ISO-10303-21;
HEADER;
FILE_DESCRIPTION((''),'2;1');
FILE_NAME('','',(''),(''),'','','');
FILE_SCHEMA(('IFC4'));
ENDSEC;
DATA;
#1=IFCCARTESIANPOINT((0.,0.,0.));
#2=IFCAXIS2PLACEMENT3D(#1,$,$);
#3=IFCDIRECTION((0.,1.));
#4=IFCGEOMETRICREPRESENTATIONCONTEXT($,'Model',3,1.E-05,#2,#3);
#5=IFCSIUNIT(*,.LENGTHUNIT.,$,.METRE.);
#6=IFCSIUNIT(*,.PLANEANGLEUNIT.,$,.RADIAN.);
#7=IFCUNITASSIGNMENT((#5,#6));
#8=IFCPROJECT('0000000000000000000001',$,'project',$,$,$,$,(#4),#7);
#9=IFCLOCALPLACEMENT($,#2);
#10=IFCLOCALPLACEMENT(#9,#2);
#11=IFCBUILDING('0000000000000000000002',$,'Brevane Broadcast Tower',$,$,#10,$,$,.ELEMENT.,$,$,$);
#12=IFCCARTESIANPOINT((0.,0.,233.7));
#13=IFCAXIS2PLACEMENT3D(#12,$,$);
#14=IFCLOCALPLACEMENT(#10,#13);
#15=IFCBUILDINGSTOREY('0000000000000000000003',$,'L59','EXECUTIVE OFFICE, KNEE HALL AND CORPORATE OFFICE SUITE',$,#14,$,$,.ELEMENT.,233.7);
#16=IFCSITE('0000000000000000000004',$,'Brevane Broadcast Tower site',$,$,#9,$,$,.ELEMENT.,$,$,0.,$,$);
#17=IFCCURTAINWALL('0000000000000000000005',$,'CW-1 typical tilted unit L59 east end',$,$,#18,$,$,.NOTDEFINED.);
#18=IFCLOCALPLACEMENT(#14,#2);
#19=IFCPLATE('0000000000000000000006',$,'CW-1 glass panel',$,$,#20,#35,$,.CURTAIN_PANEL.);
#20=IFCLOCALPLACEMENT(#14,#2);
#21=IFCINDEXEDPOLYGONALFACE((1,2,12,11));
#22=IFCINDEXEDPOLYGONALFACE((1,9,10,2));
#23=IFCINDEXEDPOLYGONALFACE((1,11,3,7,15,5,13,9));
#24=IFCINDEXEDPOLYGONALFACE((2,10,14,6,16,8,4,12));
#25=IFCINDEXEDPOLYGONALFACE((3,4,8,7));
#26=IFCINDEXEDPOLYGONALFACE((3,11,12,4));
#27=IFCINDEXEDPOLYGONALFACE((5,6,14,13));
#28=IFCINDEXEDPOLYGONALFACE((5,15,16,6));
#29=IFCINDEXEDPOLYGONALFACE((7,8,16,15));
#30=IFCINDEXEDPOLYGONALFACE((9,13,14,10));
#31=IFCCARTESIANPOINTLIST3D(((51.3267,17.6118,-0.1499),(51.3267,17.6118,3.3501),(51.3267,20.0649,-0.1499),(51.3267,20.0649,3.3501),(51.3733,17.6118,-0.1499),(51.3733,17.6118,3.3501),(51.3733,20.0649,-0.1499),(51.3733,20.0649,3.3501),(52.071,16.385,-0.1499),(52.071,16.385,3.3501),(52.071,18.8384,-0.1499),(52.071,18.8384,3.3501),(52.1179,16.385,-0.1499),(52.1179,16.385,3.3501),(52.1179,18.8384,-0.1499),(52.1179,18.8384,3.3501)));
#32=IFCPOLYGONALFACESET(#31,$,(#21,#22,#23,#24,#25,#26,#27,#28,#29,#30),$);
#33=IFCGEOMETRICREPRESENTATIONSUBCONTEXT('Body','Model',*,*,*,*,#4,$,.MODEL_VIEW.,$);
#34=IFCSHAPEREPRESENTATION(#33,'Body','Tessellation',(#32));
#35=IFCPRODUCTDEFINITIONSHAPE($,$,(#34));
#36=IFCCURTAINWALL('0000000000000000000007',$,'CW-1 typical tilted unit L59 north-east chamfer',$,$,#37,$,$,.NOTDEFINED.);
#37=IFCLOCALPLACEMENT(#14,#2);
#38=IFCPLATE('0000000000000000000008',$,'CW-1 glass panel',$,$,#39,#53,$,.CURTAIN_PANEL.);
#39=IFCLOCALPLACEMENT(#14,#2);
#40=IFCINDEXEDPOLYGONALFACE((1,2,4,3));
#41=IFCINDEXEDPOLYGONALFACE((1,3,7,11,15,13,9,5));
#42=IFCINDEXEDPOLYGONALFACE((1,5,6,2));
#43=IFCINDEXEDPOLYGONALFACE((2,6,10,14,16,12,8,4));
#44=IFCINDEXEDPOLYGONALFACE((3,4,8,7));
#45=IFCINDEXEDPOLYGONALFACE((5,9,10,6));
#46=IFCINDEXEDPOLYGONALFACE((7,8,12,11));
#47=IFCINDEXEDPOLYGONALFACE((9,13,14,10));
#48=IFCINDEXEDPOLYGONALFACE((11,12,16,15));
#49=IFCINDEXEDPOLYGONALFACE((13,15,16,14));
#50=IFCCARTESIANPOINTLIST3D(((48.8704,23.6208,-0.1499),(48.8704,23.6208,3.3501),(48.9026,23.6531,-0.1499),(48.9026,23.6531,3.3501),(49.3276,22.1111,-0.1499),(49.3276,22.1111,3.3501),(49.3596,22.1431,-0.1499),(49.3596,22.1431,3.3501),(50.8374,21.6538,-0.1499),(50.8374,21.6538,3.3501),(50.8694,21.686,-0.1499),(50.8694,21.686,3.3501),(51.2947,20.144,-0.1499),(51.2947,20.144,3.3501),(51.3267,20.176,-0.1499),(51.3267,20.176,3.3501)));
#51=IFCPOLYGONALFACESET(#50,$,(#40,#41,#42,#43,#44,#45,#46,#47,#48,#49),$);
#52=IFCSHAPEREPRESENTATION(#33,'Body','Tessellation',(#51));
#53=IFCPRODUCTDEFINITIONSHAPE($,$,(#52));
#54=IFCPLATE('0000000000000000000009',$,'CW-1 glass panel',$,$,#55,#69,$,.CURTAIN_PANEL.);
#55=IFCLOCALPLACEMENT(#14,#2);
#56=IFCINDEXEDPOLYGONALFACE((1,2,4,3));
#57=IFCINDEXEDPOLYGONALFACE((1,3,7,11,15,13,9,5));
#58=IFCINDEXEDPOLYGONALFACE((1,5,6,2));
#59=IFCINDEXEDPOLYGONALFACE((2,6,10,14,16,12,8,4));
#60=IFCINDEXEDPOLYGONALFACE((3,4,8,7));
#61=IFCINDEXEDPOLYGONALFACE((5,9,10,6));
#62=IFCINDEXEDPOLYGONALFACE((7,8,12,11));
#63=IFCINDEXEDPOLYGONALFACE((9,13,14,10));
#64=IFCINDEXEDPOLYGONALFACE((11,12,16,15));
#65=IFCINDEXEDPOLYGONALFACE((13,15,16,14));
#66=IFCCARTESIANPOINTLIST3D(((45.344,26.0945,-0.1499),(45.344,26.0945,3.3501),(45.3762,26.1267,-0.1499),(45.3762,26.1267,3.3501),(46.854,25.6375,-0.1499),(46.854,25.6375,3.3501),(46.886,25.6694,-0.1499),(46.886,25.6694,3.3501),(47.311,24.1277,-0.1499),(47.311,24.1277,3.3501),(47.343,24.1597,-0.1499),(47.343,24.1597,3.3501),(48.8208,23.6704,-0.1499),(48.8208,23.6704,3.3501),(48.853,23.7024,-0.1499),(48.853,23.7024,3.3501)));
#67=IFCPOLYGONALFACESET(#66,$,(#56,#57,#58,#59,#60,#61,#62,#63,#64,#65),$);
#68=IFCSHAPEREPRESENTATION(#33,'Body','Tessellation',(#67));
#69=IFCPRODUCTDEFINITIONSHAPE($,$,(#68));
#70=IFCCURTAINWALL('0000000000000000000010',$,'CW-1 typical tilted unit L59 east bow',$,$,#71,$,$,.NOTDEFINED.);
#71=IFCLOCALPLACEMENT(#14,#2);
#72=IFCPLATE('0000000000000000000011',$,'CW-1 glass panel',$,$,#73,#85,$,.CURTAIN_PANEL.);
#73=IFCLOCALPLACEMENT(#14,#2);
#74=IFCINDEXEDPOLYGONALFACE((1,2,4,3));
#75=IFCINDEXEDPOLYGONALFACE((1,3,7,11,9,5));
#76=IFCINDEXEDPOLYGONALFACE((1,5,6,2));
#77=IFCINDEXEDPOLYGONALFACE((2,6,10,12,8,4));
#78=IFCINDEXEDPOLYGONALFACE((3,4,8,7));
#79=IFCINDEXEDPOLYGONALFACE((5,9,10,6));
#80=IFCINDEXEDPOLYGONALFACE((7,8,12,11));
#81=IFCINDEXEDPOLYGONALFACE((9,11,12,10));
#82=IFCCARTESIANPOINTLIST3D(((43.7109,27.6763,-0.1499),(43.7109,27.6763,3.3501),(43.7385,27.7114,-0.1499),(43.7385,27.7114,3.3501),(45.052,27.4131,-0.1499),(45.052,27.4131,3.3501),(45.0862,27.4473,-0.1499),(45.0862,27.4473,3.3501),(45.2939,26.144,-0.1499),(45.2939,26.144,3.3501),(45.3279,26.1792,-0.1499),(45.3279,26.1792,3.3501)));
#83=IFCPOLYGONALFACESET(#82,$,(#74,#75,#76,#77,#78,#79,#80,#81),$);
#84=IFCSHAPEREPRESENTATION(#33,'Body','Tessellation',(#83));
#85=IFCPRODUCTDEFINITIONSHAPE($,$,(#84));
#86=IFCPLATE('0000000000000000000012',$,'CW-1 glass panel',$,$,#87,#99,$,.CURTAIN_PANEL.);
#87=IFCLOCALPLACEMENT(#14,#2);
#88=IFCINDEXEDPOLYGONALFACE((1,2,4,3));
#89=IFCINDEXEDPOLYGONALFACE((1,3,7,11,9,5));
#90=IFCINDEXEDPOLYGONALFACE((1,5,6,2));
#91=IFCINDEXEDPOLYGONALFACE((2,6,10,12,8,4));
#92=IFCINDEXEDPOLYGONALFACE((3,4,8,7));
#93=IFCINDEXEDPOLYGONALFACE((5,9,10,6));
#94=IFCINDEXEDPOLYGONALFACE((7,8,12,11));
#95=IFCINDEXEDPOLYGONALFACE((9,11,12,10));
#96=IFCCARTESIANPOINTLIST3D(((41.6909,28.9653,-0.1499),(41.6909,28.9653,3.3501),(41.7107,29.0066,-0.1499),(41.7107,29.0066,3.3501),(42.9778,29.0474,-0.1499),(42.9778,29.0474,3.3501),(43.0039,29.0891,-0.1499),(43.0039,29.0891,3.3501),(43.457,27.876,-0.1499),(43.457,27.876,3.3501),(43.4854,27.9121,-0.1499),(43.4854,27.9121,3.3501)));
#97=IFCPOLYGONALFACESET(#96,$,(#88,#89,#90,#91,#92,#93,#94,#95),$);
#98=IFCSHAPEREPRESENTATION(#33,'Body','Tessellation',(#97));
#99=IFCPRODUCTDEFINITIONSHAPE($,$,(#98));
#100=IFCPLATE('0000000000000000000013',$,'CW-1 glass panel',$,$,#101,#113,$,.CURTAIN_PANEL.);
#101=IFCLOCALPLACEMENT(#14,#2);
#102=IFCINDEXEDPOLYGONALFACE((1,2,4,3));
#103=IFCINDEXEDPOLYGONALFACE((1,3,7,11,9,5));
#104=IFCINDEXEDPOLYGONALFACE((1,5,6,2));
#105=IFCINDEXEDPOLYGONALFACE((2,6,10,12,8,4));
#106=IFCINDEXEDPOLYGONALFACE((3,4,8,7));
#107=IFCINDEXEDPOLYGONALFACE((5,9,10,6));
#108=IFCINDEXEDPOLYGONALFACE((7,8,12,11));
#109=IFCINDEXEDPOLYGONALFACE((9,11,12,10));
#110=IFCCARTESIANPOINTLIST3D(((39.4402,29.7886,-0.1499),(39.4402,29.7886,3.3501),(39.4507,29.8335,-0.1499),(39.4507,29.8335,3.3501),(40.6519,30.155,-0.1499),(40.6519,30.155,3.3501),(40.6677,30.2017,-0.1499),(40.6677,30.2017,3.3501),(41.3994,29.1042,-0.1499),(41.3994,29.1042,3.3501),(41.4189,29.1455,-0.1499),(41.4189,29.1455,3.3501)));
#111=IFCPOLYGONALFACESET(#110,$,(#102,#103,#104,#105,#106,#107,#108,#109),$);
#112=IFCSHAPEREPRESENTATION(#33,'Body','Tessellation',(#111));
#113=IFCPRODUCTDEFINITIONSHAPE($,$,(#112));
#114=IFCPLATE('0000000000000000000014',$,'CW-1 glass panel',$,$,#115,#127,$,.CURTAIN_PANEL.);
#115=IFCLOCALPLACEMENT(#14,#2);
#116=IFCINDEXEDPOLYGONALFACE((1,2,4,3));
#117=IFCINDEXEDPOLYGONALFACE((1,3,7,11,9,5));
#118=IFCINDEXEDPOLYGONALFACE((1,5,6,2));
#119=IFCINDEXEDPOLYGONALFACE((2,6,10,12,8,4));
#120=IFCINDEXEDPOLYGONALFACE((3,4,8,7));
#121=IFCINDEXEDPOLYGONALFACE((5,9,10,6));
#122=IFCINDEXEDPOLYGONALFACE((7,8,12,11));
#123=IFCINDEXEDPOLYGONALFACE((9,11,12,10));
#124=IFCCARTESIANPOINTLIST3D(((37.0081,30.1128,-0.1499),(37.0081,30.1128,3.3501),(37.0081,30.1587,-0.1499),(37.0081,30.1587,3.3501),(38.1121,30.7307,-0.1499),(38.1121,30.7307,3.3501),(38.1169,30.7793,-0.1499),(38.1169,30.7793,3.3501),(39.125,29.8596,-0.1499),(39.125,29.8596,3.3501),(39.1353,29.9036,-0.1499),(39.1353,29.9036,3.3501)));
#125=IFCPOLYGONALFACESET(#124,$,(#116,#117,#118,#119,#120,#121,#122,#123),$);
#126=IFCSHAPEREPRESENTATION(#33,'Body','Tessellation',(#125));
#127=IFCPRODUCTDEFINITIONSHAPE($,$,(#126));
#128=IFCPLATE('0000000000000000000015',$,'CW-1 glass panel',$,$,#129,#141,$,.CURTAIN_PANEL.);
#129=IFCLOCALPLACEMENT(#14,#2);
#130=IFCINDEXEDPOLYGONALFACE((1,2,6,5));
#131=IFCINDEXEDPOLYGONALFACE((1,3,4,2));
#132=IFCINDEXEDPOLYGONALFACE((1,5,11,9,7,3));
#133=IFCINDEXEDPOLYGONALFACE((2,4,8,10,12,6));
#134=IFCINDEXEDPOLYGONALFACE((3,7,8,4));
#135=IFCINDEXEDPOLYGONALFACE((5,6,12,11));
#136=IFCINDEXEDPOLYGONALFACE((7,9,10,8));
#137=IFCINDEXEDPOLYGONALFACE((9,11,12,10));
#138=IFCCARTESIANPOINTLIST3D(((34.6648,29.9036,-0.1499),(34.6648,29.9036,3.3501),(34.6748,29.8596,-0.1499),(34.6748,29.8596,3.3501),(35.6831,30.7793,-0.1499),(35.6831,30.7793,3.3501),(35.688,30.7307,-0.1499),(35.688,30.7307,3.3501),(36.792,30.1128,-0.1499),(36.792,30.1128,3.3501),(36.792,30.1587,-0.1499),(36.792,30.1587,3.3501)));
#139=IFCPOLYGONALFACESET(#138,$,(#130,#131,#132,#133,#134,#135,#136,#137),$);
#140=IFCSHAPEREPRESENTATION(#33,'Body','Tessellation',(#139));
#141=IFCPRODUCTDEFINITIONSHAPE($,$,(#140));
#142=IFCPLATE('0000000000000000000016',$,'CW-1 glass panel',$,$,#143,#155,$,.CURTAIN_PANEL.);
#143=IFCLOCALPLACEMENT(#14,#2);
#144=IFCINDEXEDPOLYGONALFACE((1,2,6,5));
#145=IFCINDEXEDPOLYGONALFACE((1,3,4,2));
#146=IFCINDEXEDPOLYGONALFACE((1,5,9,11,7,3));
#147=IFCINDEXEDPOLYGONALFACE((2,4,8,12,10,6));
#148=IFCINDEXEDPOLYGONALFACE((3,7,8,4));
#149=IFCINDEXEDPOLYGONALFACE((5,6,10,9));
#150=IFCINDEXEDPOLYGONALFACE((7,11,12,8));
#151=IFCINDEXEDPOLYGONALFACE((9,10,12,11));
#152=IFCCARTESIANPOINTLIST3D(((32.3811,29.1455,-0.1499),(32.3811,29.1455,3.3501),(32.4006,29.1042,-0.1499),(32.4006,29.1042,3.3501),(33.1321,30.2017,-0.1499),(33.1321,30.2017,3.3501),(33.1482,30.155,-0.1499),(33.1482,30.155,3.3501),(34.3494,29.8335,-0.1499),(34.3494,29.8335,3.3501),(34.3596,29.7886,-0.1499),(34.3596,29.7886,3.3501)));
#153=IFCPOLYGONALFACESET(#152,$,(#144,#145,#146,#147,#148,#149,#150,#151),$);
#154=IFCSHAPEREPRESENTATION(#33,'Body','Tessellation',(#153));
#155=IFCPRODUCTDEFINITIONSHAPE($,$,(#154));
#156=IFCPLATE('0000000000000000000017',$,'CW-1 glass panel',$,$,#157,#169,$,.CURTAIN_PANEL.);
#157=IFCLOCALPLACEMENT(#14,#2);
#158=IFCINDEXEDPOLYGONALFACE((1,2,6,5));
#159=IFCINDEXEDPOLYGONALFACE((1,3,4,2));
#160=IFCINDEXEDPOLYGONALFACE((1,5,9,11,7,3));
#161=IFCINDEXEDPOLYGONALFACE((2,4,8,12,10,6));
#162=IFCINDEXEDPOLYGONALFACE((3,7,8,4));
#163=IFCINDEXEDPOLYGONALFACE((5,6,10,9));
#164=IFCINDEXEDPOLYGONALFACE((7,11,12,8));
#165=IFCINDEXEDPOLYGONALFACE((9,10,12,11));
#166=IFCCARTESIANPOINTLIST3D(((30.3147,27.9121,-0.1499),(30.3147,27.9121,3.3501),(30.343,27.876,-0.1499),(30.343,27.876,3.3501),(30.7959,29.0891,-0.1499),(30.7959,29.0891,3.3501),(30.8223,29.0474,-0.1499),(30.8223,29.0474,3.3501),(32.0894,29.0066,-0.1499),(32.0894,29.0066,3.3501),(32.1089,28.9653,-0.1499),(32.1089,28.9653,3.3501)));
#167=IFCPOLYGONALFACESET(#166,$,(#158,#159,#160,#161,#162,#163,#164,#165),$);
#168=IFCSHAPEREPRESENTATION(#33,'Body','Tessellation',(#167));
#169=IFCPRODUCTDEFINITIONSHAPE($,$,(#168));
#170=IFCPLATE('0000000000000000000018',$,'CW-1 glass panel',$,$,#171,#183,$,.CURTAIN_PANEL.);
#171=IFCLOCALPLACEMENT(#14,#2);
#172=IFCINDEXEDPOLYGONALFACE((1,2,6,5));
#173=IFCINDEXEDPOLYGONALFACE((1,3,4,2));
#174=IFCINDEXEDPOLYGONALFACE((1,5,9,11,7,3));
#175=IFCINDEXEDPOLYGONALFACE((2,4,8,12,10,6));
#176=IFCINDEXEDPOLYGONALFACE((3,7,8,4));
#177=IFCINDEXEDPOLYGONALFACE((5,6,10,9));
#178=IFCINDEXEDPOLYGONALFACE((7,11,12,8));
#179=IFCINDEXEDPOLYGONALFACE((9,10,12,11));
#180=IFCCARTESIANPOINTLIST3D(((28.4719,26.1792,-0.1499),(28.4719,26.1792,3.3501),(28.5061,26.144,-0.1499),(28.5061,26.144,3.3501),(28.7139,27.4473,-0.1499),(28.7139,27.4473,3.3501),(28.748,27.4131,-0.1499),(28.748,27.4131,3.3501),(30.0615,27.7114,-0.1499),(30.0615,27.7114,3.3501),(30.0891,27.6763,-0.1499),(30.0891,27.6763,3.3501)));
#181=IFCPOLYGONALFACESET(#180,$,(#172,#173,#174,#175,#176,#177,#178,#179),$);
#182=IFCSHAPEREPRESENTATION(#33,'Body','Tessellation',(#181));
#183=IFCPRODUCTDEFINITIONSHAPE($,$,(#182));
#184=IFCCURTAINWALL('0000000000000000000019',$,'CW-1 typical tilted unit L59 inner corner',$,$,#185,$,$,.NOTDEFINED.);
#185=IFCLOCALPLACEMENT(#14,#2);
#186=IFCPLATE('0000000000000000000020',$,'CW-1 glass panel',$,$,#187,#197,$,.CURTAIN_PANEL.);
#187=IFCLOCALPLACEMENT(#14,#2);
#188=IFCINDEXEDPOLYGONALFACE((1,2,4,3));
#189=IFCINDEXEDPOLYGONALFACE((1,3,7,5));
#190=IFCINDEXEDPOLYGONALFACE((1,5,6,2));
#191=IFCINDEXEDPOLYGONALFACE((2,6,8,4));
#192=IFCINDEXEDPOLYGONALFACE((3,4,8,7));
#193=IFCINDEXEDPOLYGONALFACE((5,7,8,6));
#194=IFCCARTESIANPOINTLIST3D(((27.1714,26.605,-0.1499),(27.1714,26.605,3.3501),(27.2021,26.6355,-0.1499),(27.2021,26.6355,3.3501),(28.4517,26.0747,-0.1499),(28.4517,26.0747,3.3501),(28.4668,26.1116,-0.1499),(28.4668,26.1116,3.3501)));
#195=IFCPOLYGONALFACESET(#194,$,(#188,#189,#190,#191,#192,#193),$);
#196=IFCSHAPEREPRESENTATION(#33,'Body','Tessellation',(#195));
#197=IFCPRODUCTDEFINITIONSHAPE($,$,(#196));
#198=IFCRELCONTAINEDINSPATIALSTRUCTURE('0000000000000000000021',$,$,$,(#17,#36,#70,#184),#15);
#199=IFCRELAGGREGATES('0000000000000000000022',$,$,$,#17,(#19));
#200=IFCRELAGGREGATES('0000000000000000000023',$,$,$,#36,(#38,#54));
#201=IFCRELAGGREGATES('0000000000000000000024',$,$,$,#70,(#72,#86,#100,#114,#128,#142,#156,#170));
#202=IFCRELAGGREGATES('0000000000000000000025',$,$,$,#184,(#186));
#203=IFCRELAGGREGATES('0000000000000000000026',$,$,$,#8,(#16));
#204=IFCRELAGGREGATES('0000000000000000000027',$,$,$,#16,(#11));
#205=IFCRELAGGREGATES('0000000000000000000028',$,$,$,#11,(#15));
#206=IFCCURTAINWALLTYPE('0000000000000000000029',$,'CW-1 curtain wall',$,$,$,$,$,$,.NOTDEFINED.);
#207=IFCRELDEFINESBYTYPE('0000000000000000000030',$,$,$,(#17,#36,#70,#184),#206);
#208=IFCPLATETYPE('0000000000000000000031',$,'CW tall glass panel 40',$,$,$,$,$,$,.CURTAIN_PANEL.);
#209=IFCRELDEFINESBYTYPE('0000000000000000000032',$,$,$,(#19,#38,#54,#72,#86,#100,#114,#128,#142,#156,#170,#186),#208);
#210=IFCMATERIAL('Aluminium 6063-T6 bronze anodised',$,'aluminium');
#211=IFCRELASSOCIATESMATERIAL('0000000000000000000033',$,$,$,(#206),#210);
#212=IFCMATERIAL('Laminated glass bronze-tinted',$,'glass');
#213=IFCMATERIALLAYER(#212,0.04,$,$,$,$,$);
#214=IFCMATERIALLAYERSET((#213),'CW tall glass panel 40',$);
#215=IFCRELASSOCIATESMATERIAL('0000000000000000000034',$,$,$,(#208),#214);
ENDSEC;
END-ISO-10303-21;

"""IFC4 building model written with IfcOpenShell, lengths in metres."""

from ifc_helpers import new_model, si_unit, direction, frame, origin, place, context, subcontext, project, spatial, polyline, outline, extrude, material, layer, layer_set, type_object, element, aggregate, save


model = new_model("IFC4")

# Units and contexts
model_context = context("Model", 3, precision=1e-05, world=origin(), true_north=direction((0.0, 1.0)))
body_context = subcontext(model_context, "Body", "Model", "MODEL_VIEW")
ifc_project = project(units=[si_unit("LENGTHUNIT", "METRE"), si_unit("PLANEANGLEUNIT", "RADIAN")], contexts=[model_context])

# Site, building, storey
site_placement = place(None, origin())
site = spatial("IfcSite", under=ifc_project, at=site_placement, Name="Brevane Broadcast Tower site", CompositionType="ELEMENT", RefElevation=0.0)
building_placement = place(site_placement, origin())
building = spatial("IfcBuilding", under=site, at=building_placement, Name="Brevane Broadcast Tower", CompositionType="ELEMENT")
storey_placement = place(building_placement, frame((0.0, 0.0, 233.7)))
storey = spatial("IfcBuildingStorey", under=building, at=storey_placement, Name="L59", Description="EXECUTIVE OFFICE, KNEE HALL AND CORPORATE OFFICE SUITE", CompositionType="ELEMENT", Elevation=233.7)

# Curtain wall, plate
ifc_material_1 = material(Name="Aluminium 6063-T6 bronze anodised", Category="aluminium")
curtain_wall_type = type_object("IfcCurtainWallType", Name="CW-1 curtain wall", PredefinedType="NOTDEFINED", material=ifc_material_1)
curtain_wall_1_placement = place(storey_placement, origin())
curtain_wall_1 = element("IfcCurtainWall", 1, at=curtain_wall_1_placement, inside=storey, type_object=curtain_wall_type, Name="CW-1 typical tilted unit L59 east end", PredefinedType="NOTDEFINED")
ifc_material_2 = material(Name="Laminated glass bronze-tinted", Category="glass")
ifc_layer = layer(ifc_material_2, 0.04)
ifc_layer_set = layer_set([ifc_layer], Name="CW tall glass panel 40")
plate_type = type_object("IfcPlateType", Name="CW tall glass panel 40", PredefinedType="CURTAIN_PANEL", material=ifc_layer_set)
plate_1_placement = place(storey_placement, frame((0.0, 0.0, -0.1499)))
plate_1 = element("IfcPlate", 2, at=plate_1_placement, type_object=plate_type, Name="CW-1 glass panel", PredefinedType="CURTAIN_PANEL", context=body_context, shape_type="SweptSolid", body=[
    extrude(outline(polyline([(52.071, 16.385), (52.1179, 16.385), (51.3733, 17.6118), (52.1179, 18.8384), (51.3733, 20.0649), (51.3267, 20.0649), (52.071, 18.8384), (51.3267, 17.6118), (52.071, 16.385)])), origin(), (0.0, 0.0, 1.0), 3.5),
])
aggregate(curtain_wall_1, [plate_1])

# Curtain walls, plates
curtain_wall_2_placement = place(storey_placement, origin())
curtain_wall_2 = element("IfcCurtainWall", 3, at=curtain_wall_2_placement, inside=storey, type_object=curtain_wall_type, Name="CW-1 typical tilted unit L59 north-east chamfer", PredefinedType="NOTDEFINED")
plate_2_placement = place(storey_placement, frame((0.0, 0.0, -0.1499)))
plate_2 = element("IfcPlate", 4, at=plate_2_placement, type_object=plate_type, Name="CW-1 glass panel", PredefinedType="CURTAIN_PANEL", context=body_context, shape_type="SweptSolid", body=[
    extrude(outline(polyline([(51.2947, 20.144), (51.3267, 20.176), (50.8694, 21.686), (49.3596, 22.1431), (48.9026, 23.6531), (48.8704, 23.6208), (49.3276, 22.1111), (50.8374, 21.6538), (51.2947, 20.144)])), origin(), (0.0, 0.0, 1.0), 3.5),
])
plate_3_placement = place(storey_placement, frame((0.0, 0.0, -0.1499)))
plate_3 = element("IfcPlate", 5, at=plate_3_placement, type_object=plate_type, Name="CW-1 glass panel", PredefinedType="CURTAIN_PANEL", context=body_context, shape_type="SweptSolid", body=[
    extrude(outline(polyline([(48.8208, 23.6704), (48.853, 23.7024), (47.343, 24.1597), (46.886, 25.6694), (45.3762, 26.1267), (45.344, 26.0945), (46.854, 25.6375), (47.311, 24.1277), (48.8208, 23.6704)])), origin(), (0.0, 0.0, 1.0), 3.5),
])
aggregate(curtain_wall_2, [plate_2, plate_3])
curtain_wall_3_placement = place(storey_placement, origin())
curtain_wall_3 = element("IfcCurtainWall", 6, at=curtain_wall_3_placement, inside=storey, type_object=curtain_wall_type, Name="CW-1 typical tilted unit L59 east bow", PredefinedType="NOTDEFINED")
plate_4_placement = place(storey_placement, frame((0.0, 0.0, -0.1499)))
plate_4 = element("IfcPlate", 7, at=plate_4_placement, type_object=plate_type, Name="CW-1 glass panel", PredefinedType="CURTAIN_PANEL", context=body_context, shape_type="SweptSolid", body=[
    extrude(outline(polyline([(45.2939, 26.144), (45.3279, 26.1792), (45.0862, 27.4473), (43.7385, 27.7114), (43.7109, 27.6763), (45.052, 27.4131), (45.2939, 26.144)])), origin(), (0.0, 0.0, 1.0), 3.5),
])
plate_5_placement = place(storey_placement, frame((0.0, 0.0, -0.1499)))
plate_5 = element("IfcPlate", 8, at=plate_5_placement, type_object=plate_type, Name="CW-1 glass panel", PredefinedType="CURTAIN_PANEL", context=body_context, shape_type="SweptSolid", body=[
    extrude(outline(polyline([(43.457, 27.876), (43.4854, 27.9121), (43.0039, 29.0891), (41.7107, 29.0066), (41.6909, 28.9653), (42.9778, 29.0474), (43.457, 27.876)])), origin(), (0.0, 0.0, 1.0), 3.5),
])
plate_6_placement = place(storey_placement, frame((0.0, 0.0, -0.1499)))
plate_6 = element("IfcPlate", 9, at=plate_6_placement, type_object=plate_type, Name="CW-1 glass panel", PredefinedType="CURTAIN_PANEL", context=body_context, shape_type="SweptSolid", body=[
    extrude(outline(polyline([(41.3994, 29.1042), (41.4189, 29.1455), (40.6677, 30.2017), (39.4507, 29.8335), (39.4402, 29.7886), (40.6519, 30.155), (41.3994, 29.1042)])), origin(), (0.0, 0.0, 1.0), 3.5),
])
plate_7_placement = place(storey_placement, frame((0.0, 0.0, -0.1499)))
plate_7 = element("IfcPlate", 10, at=plate_7_placement, type_object=plate_type, Name="CW-1 glass panel", PredefinedType="CURTAIN_PANEL", context=body_context, shape_type="SweptSolid", body=[
    extrude(outline(polyline([(39.125, 29.8596), (39.1353, 29.9036), (38.1169, 30.7793), (37.0081, 30.1587), (37.0081, 30.1128), (38.1121, 30.7307), (39.125, 29.8596)])), origin(), (0.0, 0.0, 1.0), 3.5),
])
plate_8_placement = place(storey_placement, frame((0.0, 0.0, -0.1499)))
plate_8 = element("IfcPlate", 11, at=plate_8_placement, type_object=plate_type, Name="CW-1 glass panel", PredefinedType="CURTAIN_PANEL", context=body_context, shape_type="SweptSolid", body=[
    extrude(outline(polyline([(36.792, 30.1128), (36.792, 30.1587), (35.6831, 30.7793), (34.6648, 29.9036), (34.6748, 29.8596), (35.688, 30.7307), (36.792, 30.1128)])), origin(), (0.0, 0.0, 1.0), 3.5),
])
plate_9_placement = place(storey_placement, frame((0.0, 0.0, -0.1499)))
plate_9 = element("IfcPlate", 12, at=plate_9_placement, type_object=plate_type, Name="CW-1 glass panel", PredefinedType="CURTAIN_PANEL", context=body_context, shape_type="SweptSolid", body=[
    extrude(outline(polyline([(34.3596, 29.7886), (34.3494, 29.8335), (33.1321, 30.2017), (32.3811, 29.1455), (32.4006, 29.1042), (33.1482, 30.155), (34.3596, 29.7886)])), origin(), (0.0, 0.0, 1.0), 3.5),
])
plate_10_placement = place(storey_placement, frame((0.0, 0.0, -0.1499)))
plate_10 = element("IfcPlate", 13, at=plate_10_placement, type_object=plate_type, Name="CW-1 glass panel", PredefinedType="CURTAIN_PANEL", context=body_context, shape_type="SweptSolid", body=[
    extrude(outline(polyline([(32.1089, 28.9653), (32.0894, 29.0066), (30.7959, 29.0891), (30.3147, 27.9121), (30.343, 27.876), (30.8223, 29.0474), (32.1089, 28.9653)])), origin(), (0.0, 0.0, 1.0), 3.5),
])
plate_11_placement = place(storey_placement, frame((0.0, 0.0, -0.1499)))
plate_11 = element("IfcPlate", 14, at=plate_11_placement, type_object=plate_type, Name="CW-1 glass panel", PredefinedType="CURTAIN_PANEL", context=body_context, shape_type="SweptSolid", body=[
    extrude(outline(polyline([(30.0891, 27.6763), (30.0615, 27.7114), (28.7139, 27.4473), (28.4719, 26.1792), (28.5061, 26.144), (28.748, 27.4131), (30.0891, 27.6763)])), origin(), (0.0, 0.0, 1.0), 3.5),
])
aggregate(curtain_wall_3, [plate_4, plate_5, plate_6, plate_7, plate_8, plate_9, plate_10, plate_11])
curtain_wall_4_placement = place(storey_placement, origin())
curtain_wall_4 = element("IfcCurtainWall", 15, at=curtain_wall_4_placement, inside=storey, type_object=curtain_wall_type, Name="CW-1 typical tilted unit L59 inner corner", PredefinedType="NOTDEFINED")
plate_12_placement = place(storey_placement, frame((0.0, 0.0, -0.1499)))
plate_12 = element("IfcPlate", 16, at=plate_12_placement, type_object=plate_type, Name="CW-1 glass panel", PredefinedType="CURTAIN_PANEL", context=body_context, shape_type="SweptSolid", body=[
    extrude(outline(polyline([(28.4517, 26.0747), (28.4668, 26.1116), (27.2021, 26.6355), (27.1714, 26.605), (28.4517, 26.0747)])), origin(), (0.0, 0.0, 1.0), 3.5),
])
aggregate(curtain_wall_4, [plate_12])

save(model, "model.ifc")
